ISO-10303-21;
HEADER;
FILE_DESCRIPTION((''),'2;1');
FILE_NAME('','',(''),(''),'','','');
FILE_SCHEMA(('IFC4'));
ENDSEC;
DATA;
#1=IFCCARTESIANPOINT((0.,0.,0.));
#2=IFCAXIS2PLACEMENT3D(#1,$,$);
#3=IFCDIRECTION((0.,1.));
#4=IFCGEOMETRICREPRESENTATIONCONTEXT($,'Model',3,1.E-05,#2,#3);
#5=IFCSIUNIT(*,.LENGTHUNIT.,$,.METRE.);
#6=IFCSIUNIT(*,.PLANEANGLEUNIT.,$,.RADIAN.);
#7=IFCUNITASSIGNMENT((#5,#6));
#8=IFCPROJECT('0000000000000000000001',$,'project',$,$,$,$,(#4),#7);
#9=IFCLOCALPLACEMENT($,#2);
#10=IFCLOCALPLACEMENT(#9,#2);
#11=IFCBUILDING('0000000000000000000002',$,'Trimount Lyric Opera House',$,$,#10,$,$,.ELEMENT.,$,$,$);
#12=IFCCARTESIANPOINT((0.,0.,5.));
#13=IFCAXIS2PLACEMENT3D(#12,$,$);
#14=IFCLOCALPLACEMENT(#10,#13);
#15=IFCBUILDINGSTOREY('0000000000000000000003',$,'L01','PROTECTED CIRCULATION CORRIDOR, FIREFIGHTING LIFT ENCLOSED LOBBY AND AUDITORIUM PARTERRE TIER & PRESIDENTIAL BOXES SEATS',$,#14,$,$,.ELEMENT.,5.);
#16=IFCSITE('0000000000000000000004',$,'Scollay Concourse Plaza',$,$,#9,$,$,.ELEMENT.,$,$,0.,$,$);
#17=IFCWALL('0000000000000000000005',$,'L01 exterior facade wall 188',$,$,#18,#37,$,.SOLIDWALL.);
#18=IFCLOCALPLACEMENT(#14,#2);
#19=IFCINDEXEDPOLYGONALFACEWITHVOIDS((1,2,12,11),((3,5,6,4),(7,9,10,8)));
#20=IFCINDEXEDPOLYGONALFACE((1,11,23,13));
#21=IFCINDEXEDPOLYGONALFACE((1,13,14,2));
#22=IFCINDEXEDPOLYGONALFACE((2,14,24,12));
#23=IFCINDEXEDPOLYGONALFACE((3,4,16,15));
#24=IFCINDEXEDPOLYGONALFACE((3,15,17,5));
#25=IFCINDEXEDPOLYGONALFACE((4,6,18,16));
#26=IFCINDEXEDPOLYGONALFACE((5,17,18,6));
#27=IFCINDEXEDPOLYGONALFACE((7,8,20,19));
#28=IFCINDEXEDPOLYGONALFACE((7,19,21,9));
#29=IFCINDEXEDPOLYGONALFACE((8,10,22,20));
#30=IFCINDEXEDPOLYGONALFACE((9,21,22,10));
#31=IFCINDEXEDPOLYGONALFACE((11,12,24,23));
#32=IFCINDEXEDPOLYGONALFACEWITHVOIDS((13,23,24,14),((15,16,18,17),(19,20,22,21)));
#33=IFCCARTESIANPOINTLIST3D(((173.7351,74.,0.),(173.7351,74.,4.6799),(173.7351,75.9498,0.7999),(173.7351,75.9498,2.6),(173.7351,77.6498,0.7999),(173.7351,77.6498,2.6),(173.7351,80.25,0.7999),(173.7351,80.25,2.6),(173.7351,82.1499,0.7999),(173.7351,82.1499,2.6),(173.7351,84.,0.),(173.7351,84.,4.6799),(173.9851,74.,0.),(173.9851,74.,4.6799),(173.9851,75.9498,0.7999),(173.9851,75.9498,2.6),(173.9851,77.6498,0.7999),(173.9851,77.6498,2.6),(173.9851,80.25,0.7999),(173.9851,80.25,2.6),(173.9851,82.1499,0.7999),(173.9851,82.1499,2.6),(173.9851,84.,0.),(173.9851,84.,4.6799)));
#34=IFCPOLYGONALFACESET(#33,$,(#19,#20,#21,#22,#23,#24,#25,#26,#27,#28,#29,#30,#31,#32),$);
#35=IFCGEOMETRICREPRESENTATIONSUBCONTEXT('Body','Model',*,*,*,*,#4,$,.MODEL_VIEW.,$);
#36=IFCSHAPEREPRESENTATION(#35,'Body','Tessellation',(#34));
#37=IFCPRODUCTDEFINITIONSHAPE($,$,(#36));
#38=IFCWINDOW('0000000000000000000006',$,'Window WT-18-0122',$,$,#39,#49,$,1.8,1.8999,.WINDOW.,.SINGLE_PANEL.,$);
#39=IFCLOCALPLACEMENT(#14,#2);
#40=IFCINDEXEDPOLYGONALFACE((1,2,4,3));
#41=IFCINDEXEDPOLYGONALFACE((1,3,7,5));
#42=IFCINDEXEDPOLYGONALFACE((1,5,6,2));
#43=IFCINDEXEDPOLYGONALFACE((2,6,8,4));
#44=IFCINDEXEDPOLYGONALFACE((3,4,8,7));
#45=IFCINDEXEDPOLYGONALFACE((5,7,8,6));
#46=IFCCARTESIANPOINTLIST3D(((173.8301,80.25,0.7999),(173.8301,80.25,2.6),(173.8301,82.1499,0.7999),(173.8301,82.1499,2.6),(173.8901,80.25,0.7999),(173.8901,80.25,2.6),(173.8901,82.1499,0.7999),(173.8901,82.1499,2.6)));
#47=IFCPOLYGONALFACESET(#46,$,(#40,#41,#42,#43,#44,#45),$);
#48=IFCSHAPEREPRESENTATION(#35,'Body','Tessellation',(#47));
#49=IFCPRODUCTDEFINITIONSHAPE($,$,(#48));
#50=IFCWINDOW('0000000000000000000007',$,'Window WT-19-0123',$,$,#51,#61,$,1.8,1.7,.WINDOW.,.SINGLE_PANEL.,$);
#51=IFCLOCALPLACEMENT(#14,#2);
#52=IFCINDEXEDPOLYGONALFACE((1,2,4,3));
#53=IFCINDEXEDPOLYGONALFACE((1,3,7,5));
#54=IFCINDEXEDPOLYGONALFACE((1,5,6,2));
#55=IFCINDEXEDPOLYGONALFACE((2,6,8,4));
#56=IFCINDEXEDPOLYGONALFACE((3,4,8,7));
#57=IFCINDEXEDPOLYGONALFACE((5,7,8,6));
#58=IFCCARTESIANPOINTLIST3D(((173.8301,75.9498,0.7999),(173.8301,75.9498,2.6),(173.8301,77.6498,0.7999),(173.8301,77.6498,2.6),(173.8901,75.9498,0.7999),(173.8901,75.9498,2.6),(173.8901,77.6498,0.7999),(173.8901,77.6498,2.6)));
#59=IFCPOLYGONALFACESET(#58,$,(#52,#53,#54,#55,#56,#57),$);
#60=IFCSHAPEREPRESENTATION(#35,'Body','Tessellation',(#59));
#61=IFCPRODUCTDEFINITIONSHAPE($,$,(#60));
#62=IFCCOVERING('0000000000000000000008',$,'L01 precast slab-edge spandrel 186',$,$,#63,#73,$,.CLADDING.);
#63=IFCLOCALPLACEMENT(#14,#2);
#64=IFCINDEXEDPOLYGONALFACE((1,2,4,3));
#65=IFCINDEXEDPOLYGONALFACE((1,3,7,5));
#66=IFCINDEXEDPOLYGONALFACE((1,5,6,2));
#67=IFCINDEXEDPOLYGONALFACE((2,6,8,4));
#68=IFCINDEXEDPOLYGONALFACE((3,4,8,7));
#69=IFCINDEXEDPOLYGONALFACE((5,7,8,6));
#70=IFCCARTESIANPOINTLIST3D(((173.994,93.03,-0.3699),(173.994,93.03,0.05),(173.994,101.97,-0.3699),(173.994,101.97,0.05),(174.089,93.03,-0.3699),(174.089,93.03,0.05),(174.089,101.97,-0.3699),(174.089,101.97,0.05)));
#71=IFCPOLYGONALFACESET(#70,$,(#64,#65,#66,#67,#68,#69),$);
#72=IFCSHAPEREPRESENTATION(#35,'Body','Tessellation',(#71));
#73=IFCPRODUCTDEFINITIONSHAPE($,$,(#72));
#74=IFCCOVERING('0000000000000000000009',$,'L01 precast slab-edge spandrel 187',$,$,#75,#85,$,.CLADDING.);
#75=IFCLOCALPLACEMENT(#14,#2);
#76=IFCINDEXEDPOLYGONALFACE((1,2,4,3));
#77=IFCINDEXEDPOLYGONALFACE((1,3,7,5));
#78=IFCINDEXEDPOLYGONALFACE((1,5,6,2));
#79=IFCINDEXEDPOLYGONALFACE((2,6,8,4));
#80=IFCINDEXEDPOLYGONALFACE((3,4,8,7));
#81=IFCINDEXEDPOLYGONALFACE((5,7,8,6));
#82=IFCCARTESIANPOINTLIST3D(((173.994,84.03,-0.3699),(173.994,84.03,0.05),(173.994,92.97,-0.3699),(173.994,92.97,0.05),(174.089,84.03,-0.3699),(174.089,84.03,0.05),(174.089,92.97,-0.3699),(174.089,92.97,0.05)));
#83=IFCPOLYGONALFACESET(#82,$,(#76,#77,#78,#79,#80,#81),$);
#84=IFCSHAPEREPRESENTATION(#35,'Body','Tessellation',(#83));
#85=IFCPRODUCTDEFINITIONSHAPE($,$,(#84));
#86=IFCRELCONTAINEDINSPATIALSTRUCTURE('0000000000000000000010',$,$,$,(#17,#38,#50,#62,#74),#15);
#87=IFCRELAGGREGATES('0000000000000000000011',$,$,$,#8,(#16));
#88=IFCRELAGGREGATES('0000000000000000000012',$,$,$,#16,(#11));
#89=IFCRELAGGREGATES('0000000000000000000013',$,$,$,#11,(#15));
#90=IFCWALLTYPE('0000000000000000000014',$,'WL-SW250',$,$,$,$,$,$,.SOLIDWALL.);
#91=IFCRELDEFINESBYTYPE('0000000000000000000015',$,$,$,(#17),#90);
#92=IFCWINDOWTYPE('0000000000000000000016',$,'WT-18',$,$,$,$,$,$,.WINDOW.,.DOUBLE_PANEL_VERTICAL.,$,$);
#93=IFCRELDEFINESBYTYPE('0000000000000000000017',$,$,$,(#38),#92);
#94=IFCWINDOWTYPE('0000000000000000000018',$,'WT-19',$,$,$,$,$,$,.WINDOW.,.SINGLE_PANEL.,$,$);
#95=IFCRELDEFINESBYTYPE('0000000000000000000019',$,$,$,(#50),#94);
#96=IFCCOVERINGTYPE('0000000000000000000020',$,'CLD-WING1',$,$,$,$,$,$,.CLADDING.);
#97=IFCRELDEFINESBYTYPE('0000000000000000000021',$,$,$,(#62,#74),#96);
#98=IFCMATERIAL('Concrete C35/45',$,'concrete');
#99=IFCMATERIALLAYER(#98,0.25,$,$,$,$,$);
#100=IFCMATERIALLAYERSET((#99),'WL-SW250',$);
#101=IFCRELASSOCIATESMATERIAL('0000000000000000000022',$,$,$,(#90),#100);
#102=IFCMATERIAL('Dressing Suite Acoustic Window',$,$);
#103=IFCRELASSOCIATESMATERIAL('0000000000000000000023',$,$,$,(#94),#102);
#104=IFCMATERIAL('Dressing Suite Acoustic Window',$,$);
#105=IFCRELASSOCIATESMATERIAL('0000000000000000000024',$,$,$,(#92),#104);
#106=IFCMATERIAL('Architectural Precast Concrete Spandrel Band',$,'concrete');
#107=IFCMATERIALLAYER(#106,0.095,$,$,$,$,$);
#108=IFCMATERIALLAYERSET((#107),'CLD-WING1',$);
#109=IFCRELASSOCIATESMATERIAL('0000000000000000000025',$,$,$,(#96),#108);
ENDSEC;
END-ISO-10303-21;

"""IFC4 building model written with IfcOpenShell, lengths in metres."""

from ifc_helpers import new_model, si_unit, direction, frame, frame_2d, origin, origin_2d, place, context, subcontext, project, spatial, rectangle, extrude, material, layer, layer_set, type_object, element, fill, save


model = new_model("IFC4")

# Units and contexts
model_context = context("Model", 3, precision=1e-05, world=origin(), true_north=direction((0.0, 1.0)))
body_context = subcontext(model_context, "Body", "Model", "MODEL_VIEW")
ifc_project = project(units=[si_unit("LENGTHUNIT", "METRE"), si_unit("PLANEANGLEUNIT", "RADIAN")], contexts=[model_context])

# Site, building, storey
site_placement = place(None, origin())
site = spatial("IfcSite", under=ifc_project, at=site_placement, Name="Scollay Concourse Plaza", CompositionType="ELEMENT", RefElevation=0.0)
building_placement = place(site_placement, origin())
building = spatial("IfcBuilding", under=site, at=building_placement, Name="Trimount Lyric Opera House", CompositionType="ELEMENT")
storey_placement = place(building_placement, frame((0.0, 0.0, 5.0)))
storey = spatial("IfcBuildingStorey", under=building, at=storey_placement, Name="L01", Description="PROTECTED CIRCULATION CORRIDOR, FIREFIGHTING LIFT ENCLOSED LOBBY AND AUDITORIUM PARTERRE TIER & PRESIDENTIAL BOXES SEATS", CompositionType="ELEMENT", Elevation=5.0)

# Wall, openings, windows
ifc_material_1 = material(Name="Concrete C35/45", Category="concrete")
ifc_layer_1 = layer(ifc_material_1, 0.25)
ifc_layer_set_1 = layer_set([ifc_layer_1], Name="WL-SW250")
wall_type = type_object("IfcWallType", Name="WL-SW250", PredefinedType="SOLIDWALL", material=ifc_layer_set_1)
ifc_material_2 = material(Name="Dressing Suite Acoustic Window")
window_type_1 = type_object("IfcWindowType", Name="WT-19", PartitioningType="SINGLE_PANEL", PredefinedType="WINDOW", material=ifc_material_2)
wall_1_placement = place(storey_placement, frame((173.8601, 84.0, 0.0), z_axis=(0.0, 0.0, 1.0), x_axis=(0.0, -1.0, 0.0)))
wall_1 = element("IfcWall", 1, at=wall_1_placement, inside=storey, type_object=wall_type, Name="L01 exterior facade wall 188", PredefinedType="SOLIDWALL", context=body_context, shape_type="SweptSolid", body=[
    extrude(rectangle(XDim=10.0, YDim=0.25, at=frame_2d((5.0, 0.0))), origin(), (0.0, 0.0, 1.0), 4.6799),
])
opening_1_placement = place(wall_1_placement, frame((1.8501, 0.0, 0.8)))
opening_1 = element("IfcOpeningElement", 2, at=opening_1_placement, cuts=wall_1, PredefinedType="OPENING", context=body_context, shape_type="SweptSolid", body=[
    extrude(rectangle(XDim=1.8999, YDim=1.8, at=frame_2d((0.95, 0.8999))), frame((0.0, 0.135, 0.0), z_axis=(0.0, -1.0, 0.0), x_axis=(1.0, 0.0, 0.0)), (0.0, 0.0, 1.0), 0.27),
])
opening_2_placement = place(wall_1_placement, frame((6.3501, 0.0, 0.8)))
opening_2 = element("IfcOpeningElement", 3, at=opening_2_placement, cuts=wall_1, PredefinedType="OPENING", context=body_context, shape_type="SweptSolid", body=[
    extrude(rectangle(XDim=1.7, YDim=1.8, at=frame_2d((0.8501, 0.8999))), frame((0.0, 0.135, 0.0), z_axis=(0.0, -1.0, 0.0), x_axis=(1.0, 0.0, 0.0)), (0.0, 0.0, 1.0), 0.27),
])
ifc_material_3 = material(Name="Dressing Suite Acoustic Window")
window_type_2 = type_object("IfcWindowType", Name="WT-18", PartitioningType="DOUBLE_PANEL_VERTICAL", PredefinedType="WINDOW", material=ifc_material_3)
window_1_placement = place(opening_1_placement, origin())
window_1 = element("IfcWindow", 4, at=window_1_placement, inside=storey, type_object=window_type_2, Name="Window WT-18-0122", OverallHeight=1.8, OverallWidth=1.8999, PartitioningType="SINGLE_PANEL", PredefinedType="WINDOW", context=body_context, shape_type="SweptSolid", body=[
    extrude(rectangle(XDim=1.8999, YDim=1.8, at=frame_2d((0.95, 0.8999))), frame((0.0, 0.03, 0.0), z_axis=(0.0, -1.0, 0.0), x_axis=(1.0, 0.0, 0.0)), (0.0, 0.0, 1.0), 0.0601),
])
fill(opening_1, window_1)
window_2_placement = place(opening_2_placement, origin())
window_2 = element("IfcWindow", 5, at=window_2_placement, inside=storey, type_object=window_type_1, Name="Window WT-19-0123", OverallHeight=1.8, OverallWidth=1.7, PartitioningType="SINGLE_PANEL", PredefinedType="WINDOW", context=body_context, shape_type="SweptSolid", body=[
    extrude(rectangle(XDim=1.7, YDim=1.8, at=frame_2d((0.8501, 0.8999))), frame((0.0, 0.03, 0.0), z_axis=(0.0, -1.0, 0.0), x_axis=(1.0, 0.0, 0.0)), (0.0, 0.0, 1.0), 0.0601),
])
fill(opening_2, window_2)

# Coverings
ifc_material_4 = material(Name="Architectural Precast Concrete Spandrel Band", Category="concrete")
ifc_layer_2 = layer(ifc_material_4, 0.095)
ifc_layer_set_2 = layer_set([ifc_layer_2], Name="CLD-WING1")
covering_type = type_object("IfcCoveringType", Name="CLD-WING1", PredefinedType="CLADDING", material=ifc_layer_set_2)
for number, where, z_axis, x_axis, name in (
    (6, (174.0415, 97.5, -0.3699), (0.0, 0.0, 1.0), (0.0, -1.0, 0.0), "L01 precast slab-edge spandrel 186"),
    (7, (174.0415, 88.5, -0.3699), (0.0, 0.0, 1.0), (0.0, -1.0, 0.0), "L01 precast slab-edge spandrel 187"),
):
    element("IfcCovering", number, at=place(storey_placement, frame(where, z_axis=z_axis, x_axis=x_axis)), inside=storey, type_object=covering_type, Name=name, PredefinedType="CLADDING", context=body_context, shape_type="SweptSolid", body=[
        extrude(rectangle(XDim=8.9399, YDim=0.095, at=origin_2d()), origin(), (0.0, 0.0, 1.0), 0.4199),
    ])

save(model, "model.ifc")
